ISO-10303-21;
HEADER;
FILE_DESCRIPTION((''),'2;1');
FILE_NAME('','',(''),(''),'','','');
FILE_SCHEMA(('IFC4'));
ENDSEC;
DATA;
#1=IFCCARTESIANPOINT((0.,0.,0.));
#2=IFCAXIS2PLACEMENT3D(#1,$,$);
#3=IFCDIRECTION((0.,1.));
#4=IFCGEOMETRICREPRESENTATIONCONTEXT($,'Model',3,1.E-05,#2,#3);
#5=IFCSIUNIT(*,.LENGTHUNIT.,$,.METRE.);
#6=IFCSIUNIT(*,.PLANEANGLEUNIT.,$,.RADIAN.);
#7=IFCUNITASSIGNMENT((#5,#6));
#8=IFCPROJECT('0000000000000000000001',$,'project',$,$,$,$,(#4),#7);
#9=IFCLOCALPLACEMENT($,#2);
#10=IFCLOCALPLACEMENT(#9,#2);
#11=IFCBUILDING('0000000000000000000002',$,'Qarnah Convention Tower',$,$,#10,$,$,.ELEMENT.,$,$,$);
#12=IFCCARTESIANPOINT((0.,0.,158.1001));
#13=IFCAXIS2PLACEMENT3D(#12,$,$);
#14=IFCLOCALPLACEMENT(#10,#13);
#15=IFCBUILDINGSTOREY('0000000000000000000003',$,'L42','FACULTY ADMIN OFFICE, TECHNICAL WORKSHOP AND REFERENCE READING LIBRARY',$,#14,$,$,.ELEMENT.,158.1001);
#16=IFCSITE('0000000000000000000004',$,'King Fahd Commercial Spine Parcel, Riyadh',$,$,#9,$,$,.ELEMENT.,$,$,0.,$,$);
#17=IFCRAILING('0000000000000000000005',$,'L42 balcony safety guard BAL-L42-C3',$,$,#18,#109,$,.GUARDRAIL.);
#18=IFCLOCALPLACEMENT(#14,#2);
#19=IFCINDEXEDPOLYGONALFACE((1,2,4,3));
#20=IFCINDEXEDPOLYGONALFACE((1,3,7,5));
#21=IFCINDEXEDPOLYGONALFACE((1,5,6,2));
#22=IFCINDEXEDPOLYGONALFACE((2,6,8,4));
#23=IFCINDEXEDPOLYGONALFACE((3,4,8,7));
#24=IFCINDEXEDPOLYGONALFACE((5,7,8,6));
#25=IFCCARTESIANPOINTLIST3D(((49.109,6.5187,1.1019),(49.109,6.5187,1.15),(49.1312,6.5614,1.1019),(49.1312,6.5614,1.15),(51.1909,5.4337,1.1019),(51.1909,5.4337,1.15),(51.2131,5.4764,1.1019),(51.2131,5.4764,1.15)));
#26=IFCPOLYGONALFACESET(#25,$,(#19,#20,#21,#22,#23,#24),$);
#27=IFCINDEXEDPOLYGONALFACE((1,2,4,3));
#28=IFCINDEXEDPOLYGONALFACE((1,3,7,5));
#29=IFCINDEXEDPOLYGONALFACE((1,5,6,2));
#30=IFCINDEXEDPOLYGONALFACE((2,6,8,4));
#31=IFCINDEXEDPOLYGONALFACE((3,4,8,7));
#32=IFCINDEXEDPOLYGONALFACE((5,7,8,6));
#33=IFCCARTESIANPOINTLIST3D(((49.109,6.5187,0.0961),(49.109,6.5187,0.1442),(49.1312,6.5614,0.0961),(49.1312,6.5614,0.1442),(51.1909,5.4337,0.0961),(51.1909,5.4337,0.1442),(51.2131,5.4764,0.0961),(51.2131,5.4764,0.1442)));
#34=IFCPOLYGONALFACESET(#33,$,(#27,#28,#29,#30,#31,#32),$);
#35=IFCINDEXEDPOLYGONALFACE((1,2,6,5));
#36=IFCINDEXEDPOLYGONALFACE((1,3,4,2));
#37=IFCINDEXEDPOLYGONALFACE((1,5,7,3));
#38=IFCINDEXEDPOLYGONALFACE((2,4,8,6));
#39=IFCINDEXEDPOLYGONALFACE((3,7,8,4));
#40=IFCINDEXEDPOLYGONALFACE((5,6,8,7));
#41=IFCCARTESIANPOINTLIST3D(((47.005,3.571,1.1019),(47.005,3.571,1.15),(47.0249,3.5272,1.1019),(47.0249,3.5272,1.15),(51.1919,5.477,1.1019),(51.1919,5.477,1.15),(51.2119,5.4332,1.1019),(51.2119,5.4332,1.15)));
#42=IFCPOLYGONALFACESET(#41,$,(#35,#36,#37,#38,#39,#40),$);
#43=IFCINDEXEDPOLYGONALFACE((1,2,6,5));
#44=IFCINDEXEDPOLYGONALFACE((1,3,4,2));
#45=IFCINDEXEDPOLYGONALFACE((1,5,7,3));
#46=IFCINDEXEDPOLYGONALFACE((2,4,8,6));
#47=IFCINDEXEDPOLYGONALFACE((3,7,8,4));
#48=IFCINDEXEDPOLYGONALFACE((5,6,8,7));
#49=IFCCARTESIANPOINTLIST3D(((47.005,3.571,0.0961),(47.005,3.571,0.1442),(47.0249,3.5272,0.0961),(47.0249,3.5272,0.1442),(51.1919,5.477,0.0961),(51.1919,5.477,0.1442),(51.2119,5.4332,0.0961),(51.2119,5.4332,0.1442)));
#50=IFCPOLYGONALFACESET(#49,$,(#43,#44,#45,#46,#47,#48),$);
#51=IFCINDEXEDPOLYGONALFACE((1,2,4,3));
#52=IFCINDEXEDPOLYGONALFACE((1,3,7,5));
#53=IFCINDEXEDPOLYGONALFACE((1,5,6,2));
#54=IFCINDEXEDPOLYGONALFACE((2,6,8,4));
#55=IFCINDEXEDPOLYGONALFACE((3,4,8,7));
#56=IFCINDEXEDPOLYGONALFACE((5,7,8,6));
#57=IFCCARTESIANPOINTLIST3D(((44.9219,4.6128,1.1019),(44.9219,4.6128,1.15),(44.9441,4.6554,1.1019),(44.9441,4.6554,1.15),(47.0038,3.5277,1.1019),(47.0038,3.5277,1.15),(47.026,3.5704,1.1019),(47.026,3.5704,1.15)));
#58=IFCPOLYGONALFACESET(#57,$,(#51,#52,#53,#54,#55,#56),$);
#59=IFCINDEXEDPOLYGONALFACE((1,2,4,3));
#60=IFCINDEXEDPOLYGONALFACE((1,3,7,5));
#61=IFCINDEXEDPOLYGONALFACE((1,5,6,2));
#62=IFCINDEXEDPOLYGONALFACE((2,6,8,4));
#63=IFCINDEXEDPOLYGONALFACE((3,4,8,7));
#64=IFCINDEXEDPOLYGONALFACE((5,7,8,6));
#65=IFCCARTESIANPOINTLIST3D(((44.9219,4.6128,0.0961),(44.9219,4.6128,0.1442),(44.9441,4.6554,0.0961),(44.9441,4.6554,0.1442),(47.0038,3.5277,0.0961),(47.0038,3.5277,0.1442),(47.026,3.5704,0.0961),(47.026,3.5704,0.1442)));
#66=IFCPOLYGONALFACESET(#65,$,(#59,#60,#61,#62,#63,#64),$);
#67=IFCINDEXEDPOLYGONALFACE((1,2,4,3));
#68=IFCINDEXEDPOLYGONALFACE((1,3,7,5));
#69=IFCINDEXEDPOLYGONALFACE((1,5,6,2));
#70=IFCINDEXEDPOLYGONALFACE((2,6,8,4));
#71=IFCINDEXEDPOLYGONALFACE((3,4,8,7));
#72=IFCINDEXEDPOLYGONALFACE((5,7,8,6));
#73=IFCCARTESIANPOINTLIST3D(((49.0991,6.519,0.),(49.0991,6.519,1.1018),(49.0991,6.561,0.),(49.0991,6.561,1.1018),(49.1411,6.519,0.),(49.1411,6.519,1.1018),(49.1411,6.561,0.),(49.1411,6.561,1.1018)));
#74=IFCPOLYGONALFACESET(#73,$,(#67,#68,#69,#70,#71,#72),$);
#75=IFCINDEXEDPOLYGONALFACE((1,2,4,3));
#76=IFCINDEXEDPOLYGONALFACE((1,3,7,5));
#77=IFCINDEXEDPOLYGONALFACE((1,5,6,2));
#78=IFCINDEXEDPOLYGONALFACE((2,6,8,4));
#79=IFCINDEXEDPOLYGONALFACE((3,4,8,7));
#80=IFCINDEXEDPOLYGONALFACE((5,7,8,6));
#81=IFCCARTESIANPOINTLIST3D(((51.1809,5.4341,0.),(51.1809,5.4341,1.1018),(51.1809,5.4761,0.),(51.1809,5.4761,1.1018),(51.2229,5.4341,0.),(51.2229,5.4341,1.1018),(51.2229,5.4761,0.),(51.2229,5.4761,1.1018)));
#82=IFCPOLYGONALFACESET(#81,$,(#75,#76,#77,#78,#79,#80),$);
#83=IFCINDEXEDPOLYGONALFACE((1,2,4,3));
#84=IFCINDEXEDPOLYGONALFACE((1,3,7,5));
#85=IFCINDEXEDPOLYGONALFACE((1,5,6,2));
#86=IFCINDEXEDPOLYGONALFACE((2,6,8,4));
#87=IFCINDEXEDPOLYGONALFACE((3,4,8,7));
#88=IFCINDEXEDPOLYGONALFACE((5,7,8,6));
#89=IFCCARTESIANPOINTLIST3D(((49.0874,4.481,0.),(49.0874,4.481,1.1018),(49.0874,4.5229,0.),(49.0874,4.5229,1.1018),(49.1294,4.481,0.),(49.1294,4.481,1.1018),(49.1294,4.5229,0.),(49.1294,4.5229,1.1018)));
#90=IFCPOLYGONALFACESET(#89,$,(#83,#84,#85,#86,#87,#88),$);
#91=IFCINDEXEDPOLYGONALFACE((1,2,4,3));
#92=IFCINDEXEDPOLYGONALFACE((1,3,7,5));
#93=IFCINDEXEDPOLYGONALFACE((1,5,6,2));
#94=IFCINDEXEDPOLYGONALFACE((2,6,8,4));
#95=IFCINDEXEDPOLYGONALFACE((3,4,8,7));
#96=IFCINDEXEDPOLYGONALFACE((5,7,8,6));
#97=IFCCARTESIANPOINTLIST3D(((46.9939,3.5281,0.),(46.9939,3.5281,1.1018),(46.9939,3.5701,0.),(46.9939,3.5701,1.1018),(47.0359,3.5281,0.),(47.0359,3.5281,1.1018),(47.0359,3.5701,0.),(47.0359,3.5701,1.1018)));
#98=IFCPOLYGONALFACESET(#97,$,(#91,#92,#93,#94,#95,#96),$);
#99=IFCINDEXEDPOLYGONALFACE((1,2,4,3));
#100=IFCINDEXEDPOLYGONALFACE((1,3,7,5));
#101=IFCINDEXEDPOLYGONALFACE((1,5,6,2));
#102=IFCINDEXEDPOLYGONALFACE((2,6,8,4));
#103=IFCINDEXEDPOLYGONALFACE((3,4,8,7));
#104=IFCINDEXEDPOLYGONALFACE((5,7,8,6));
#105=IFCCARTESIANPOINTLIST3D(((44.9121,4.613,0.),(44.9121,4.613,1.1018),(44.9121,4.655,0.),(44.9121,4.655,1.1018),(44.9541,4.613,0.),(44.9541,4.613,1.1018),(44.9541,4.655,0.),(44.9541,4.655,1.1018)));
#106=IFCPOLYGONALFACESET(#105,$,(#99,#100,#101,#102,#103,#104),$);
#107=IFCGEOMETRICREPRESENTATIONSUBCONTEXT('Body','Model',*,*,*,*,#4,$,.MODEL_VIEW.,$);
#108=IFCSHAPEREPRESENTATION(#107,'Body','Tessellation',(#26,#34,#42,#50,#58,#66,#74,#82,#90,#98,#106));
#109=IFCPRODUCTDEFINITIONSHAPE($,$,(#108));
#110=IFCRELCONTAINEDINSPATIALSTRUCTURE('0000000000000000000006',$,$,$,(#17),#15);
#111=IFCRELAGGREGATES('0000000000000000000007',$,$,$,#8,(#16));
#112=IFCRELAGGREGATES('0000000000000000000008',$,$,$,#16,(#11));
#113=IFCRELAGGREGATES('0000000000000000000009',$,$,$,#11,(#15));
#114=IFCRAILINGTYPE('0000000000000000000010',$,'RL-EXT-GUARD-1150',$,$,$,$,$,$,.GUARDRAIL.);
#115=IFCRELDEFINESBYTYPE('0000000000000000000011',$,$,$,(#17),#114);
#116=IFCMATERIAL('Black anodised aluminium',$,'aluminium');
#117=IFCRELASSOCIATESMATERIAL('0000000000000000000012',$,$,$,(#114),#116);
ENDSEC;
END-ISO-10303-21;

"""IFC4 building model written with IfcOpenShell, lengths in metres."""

from ifc_helpers import new_model, si_unit, direction, frame, origin, origin_2d, place, context, subcontext, project, spatial, rectangle, extrude, material, type_object, element, save


model = new_model("IFC4")

# Units and contexts
model_context = context("Model", 3, precision=1e-05, world=origin(), true_north=direction((0.0, 1.0)))
body_context = subcontext(model_context, "Body", "Model", "MODEL_VIEW")
ifc_project = project(units=[si_unit("LENGTHUNIT", "METRE"), si_unit("PLANEANGLEUNIT", "RADIAN")], contexts=[model_context])

# Site, building, storey
site_placement = place(None, origin())
site = spatial("IfcSite", under=ifc_project, at=site_placement, Name="King Fahd Commercial Spine Parcel, Riyadh", CompositionType="ELEMENT", RefElevation=0.0)
building_placement = place(site_placement, origin())
building = spatial("IfcBuilding", under=site, at=building_placement, Name="Qarnah Convention Tower", CompositionType="ELEMENT")
storey_placement = place(building_placement, frame((0.0, 0.0, 158.1001)))
storey = spatial("IfcBuildingStorey", under=building, at=storey_placement, Name="L42", Description="FACULTY ADMIN OFFICE, TECHNICAL WORKSHOP AND REFERENCE READING LIBRARY", CompositionType="ELEMENT", Elevation=158.1001)

# Shared definitions
ifc_material_1 = material(Name="Black anodised aluminium", Category="aluminium")

# Railing
railing_type = type_object("IfcRailingType", Name="RL-EXT-GUARD-1150", PredefinedType="GUARDRAIL", material=ifc_material_1)
railing_1_placement = place(storey_placement, frame((49.1201, 6.54, 0.0)))
element("IfcRailing", 1, at=railing_1_placement, inside=storey, type_object=railing_type, Name="L42 balcony safety guard BAL-L42-C3", PredefinedType="GUARDRAIL", context=body_context, shape_type="SweptSolid", body=[
    extrude(rectangle(XDim=0.0481, YDim=0.0481, at=origin_2d()), frame((0.0, 0.0, 1.126), z_axis=(0.886792, -0.462168, 0.0), x_axis=(0.462168, 0.886792, 0.0)), (0.0, 0.0, 1.0), 2.3477),
    extrude(rectangle(XDim=0.0481, YDim=0.0481, at=origin_2d()), frame((0.0, 0.0, 0.1201), z_axis=(0.886792, -0.462168, 0.0), x_axis=(0.462168, 0.886792, 0.0)), (0.0, 0.0, 1.0), 2.3477),
    extrude(rectangle(XDim=0.0481, YDim=0.0481, at=origin_2d()), frame((2.0818, -1.085, 1.126), z_axis=(-0.910136, -0.414311, 0.0), x_axis=(0.414311, -0.910136, 0.0)), (0.0, 0.0, 1.0), 4.6003),
    extrude(rectangle(XDim=0.0481, YDim=0.0481, at=origin_2d()), frame((2.0818, -1.085, 0.1201), z_axis=(-0.910136, -0.414311, 0.0), x_axis=(0.414311, -0.910136, 0.0)), (0.0, 0.0, 1.0), 4.6003),
    extrude(rectangle(XDim=0.0481, YDim=0.0481, at=origin_2d()), frame((-2.1052, -2.991, 1.126), z_axis=(-0.886792, 0.462168, 0.0), x_axis=(-0.462168, -0.886792, 0.0)), (0.0, 0.0, 1.0), 2.3477),
    extrude(rectangle(XDim=0.0481, YDim=0.0481, at=origin_2d()), frame((-2.1052, -2.991, 0.1201), z_axis=(-0.886792, 0.462168, 0.0), x_axis=(-0.462168, -0.886792, 0.0)), (0.0, 0.0, 1.0), 2.3477),
    extrude(rectangle(XDim=0.042, YDim=0.042, at=origin_2d()), origin(), (0.0, 0.0, 1.0), 1.1018),
    extrude(rectangle(XDim=0.042, YDim=0.042, at=origin_2d()), frame((2.0818, -1.085, 0.0)), (0.0, 0.0, 1.0), 1.1018),
    extrude(rectangle(XDim=0.042, YDim=0.042, at=origin_2d()), frame((-0.0117, -2.0381, 0.0)), (0.0, 0.0, 1.0), 1.1018),
    extrude(rectangle(XDim=0.042, YDim=0.042, at=origin_2d()), frame((-2.1052, -2.991, 0.0)), (0.0, 0.0, 1.0), 1.1018),
    extrude(rectangle(XDim=0.042, YDim=0.042, at=origin_2d()), frame((-4.187, -1.906, 0.0)), (0.0, 0.0, 1.0), 1.1018),
])

save(model, "model.ifc")
